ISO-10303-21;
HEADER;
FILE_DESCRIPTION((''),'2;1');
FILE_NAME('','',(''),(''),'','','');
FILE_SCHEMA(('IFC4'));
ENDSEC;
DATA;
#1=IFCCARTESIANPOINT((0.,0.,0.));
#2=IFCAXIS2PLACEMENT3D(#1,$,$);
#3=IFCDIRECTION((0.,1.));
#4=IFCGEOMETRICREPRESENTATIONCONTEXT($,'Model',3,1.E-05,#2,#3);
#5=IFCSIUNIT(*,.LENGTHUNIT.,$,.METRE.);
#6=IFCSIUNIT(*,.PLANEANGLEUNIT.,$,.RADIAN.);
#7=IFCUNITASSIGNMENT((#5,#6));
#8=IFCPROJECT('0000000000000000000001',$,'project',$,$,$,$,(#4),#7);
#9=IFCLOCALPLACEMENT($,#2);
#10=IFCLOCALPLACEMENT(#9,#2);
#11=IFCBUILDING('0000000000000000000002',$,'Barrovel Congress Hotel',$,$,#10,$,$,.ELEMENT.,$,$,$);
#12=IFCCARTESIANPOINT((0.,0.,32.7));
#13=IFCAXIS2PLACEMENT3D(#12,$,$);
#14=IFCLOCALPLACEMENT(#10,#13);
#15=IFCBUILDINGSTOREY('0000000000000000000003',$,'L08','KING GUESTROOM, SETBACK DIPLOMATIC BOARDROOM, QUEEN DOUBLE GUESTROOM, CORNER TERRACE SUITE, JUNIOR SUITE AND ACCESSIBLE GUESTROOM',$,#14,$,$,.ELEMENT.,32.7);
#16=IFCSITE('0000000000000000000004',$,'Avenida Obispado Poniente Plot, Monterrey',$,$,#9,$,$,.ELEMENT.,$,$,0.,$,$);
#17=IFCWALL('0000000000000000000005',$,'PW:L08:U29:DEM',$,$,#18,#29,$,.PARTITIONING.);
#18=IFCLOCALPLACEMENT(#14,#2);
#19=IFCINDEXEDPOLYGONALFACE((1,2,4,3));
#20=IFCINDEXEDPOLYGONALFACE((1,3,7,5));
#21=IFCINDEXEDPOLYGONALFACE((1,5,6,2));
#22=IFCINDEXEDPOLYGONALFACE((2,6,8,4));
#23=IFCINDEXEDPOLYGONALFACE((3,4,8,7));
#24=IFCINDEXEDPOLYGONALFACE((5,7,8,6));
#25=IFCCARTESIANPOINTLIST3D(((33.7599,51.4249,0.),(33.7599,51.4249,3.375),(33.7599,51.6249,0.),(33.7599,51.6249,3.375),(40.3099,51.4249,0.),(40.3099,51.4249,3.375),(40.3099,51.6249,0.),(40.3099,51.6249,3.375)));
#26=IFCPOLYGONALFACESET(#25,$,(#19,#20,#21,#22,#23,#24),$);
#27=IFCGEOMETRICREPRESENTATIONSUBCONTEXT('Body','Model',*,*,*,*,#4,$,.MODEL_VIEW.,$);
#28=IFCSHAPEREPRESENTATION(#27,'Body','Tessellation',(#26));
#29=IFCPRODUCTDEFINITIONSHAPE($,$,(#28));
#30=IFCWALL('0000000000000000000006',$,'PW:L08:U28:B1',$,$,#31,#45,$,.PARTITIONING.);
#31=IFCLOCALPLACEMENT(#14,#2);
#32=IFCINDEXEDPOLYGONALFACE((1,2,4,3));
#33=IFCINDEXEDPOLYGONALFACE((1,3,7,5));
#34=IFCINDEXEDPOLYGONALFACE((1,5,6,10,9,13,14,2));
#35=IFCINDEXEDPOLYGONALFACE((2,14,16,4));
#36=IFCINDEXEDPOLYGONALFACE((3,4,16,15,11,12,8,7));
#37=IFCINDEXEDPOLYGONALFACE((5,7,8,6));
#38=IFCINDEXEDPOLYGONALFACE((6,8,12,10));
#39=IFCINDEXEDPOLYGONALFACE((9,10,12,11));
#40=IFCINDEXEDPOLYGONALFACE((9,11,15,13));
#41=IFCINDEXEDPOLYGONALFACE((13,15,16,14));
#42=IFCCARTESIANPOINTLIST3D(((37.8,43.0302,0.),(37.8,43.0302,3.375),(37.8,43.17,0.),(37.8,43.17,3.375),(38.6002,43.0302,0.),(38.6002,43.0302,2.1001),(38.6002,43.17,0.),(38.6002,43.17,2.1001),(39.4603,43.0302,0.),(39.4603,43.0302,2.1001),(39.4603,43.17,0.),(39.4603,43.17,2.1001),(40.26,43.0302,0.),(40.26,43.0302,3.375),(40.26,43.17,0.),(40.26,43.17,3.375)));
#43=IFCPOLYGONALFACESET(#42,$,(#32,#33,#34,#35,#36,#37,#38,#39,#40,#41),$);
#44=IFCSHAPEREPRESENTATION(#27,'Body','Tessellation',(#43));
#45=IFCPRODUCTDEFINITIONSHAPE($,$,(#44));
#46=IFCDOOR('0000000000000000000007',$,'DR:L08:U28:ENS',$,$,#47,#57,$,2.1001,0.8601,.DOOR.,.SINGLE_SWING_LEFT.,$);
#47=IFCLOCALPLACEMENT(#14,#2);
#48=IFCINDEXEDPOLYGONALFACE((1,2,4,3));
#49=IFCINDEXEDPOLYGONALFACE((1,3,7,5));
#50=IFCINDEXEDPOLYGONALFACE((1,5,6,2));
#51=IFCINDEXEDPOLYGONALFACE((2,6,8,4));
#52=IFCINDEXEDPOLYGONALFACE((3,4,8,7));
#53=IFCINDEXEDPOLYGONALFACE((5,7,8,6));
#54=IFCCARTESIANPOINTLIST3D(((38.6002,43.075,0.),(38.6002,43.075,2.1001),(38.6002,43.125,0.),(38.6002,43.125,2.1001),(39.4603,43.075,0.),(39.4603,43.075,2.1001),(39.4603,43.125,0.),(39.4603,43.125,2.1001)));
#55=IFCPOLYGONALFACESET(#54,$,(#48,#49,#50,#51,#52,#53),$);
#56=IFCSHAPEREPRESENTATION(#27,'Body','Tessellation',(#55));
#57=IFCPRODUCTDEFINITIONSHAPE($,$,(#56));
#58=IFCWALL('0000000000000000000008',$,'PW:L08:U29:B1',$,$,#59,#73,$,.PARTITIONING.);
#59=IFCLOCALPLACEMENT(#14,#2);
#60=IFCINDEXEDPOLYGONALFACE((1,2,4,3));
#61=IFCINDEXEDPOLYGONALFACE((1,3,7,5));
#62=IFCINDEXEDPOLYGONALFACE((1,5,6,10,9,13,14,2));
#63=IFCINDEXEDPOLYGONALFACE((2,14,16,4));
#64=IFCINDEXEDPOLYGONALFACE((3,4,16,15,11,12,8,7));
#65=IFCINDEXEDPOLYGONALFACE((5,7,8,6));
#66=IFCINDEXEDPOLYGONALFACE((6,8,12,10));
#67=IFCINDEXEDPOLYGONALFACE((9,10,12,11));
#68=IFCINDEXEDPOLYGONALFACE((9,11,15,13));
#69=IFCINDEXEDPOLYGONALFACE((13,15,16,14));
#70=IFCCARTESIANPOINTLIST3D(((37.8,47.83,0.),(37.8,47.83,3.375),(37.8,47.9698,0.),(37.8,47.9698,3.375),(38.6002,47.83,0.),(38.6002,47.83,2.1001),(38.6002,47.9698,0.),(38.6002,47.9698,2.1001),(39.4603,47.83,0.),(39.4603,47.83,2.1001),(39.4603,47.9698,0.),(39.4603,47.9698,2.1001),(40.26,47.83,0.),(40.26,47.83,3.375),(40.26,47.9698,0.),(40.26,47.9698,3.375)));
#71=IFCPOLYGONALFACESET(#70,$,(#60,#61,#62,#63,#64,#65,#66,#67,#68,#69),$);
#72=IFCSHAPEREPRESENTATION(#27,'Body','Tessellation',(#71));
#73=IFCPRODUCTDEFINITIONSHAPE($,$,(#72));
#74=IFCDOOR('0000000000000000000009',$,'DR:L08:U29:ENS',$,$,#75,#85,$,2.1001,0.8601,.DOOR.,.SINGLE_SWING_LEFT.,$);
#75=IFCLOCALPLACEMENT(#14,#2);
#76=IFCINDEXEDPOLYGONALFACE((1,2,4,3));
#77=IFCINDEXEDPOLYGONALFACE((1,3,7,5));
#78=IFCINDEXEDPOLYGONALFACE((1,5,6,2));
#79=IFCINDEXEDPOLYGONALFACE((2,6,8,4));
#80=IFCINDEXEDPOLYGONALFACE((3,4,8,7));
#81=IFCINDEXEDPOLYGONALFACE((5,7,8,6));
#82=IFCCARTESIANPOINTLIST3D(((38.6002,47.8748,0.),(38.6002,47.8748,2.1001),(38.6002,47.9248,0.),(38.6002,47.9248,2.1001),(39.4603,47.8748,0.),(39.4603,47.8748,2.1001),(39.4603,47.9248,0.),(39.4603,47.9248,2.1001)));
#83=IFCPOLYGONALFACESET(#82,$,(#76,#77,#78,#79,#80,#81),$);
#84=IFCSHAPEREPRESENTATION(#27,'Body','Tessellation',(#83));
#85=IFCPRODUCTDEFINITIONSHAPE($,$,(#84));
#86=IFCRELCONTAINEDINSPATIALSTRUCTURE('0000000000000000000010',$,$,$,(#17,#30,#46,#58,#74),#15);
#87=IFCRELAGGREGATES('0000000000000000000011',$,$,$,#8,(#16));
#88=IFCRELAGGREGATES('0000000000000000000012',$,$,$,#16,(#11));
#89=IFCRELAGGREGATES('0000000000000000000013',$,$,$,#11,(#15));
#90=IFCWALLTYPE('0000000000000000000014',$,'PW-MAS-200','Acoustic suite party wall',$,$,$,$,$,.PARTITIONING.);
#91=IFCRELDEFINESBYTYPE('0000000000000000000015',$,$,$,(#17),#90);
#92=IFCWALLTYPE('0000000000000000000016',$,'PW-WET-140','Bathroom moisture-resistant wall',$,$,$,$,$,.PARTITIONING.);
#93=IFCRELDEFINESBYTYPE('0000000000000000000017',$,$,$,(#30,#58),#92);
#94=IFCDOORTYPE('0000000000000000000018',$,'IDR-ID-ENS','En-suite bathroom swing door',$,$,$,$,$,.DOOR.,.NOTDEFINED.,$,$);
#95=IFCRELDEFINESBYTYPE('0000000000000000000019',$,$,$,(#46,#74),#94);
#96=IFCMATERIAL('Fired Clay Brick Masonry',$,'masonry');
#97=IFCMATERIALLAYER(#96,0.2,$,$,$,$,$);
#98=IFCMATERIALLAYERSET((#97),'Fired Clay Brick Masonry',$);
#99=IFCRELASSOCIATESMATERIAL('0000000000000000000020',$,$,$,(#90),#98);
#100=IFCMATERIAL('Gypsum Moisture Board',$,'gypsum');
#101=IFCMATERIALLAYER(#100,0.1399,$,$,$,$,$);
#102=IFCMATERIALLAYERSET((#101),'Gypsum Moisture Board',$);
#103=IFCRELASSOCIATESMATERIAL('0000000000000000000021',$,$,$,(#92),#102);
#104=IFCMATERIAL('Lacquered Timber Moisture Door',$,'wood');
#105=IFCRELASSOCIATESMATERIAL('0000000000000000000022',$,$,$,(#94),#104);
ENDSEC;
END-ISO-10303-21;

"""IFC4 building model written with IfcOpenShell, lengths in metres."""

from ifc_helpers import new_model, si_unit, direction, frame, frame_2d, origin, place, context, subcontext, project, spatial, rectangle, extrude, material, layer, layer_set, type_object, element, fill, save


model = new_model("IFC4")

# Units and contexts
model_context = context("Model", 3, precision=1e-05, world=origin(), true_north=direction((0.0, 1.0)))
body_context = subcontext(model_context, "Body", "Model", "MODEL_VIEW")
ifc_project = project(units=[si_unit("LENGTHUNIT", "METRE"), si_unit("PLANEANGLEUNIT", "RADIAN")], contexts=[model_context])

# Site, building, storey
site_placement = place(None, origin())
site = spatial("IfcSite", under=ifc_project, at=site_placement, Name="Avenida Obispado Poniente Plot, Monterrey", CompositionType="ELEMENT", RefElevation=0.0)
building_placement = place(site_placement, origin())
building = spatial("IfcBuilding", under=site, at=building_placement, Name="Barrovel Congress Hotel", CompositionType="ELEMENT")
storey_placement = place(building_placement, frame((0.0, 0.0, 32.7)))
storey = spatial("IfcBuildingStorey", under=building, at=storey_placement, Name="L08", Description="KING GUESTROOM, SETBACK DIPLOMATIC BOARDROOM, QUEEN DOUBLE GUESTROOM, CORNER TERRACE SUITE, JUNIOR SUITE AND ACCESSIBLE GUESTROOM", CompositionType="ELEMENT", Elevation=32.7)

# Shared definitions
ifc_material_1 = material(Name="Fired Clay Brick Masonry", Category="masonry")

# Wall
ifc_layer_1 = layer(ifc_material_1, 0.2)
ifc_layer_set_1 = layer_set([ifc_layer_1], Name="Fired Clay Brick Masonry")
wall_type_1 = type_object("IfcWallType", Name="PW-MAS-200", Description="Acoustic suite party wall", PredefinedType="PARTITIONING", material=ifc_layer_set_1)
for number, where, z_axis, x_axis, name in (
    (1, (33.76, 51.5249, 0.0), (0.0, 0.0, 1.0), (1.0, 0.0, 0.0), "PW:L08:U29:DEM"),
):
    element("IfcWall", number, at=place(storey_placement, frame(where, z_axis=z_axis, x_axis=x_axis)), inside=storey, type_object=wall_type_1, Name=name, PredefinedType="PARTITIONING", context=body_context, shape_type="SweptSolid", body=[
        extrude(rectangle(XDim=6.55, YDim=0.2, at=frame_2d((3.2749, 0.0))), origin(), (0.0, 0.0, 1.0), 3.375),
    ])

# Walls, openings, doors
ifc_material_2 = material(Name="Gypsum Moisture Board", Category="gypsum")
ifc_layer_2 = layer(ifc_material_2, 0.1399)
ifc_layer_set_2 = layer_set([ifc_layer_2], Name="Gypsum Moisture Board")
wall_type_2 = type_object("IfcWallType", Name="PW-WET-140", Description="Bathroom moisture-resistant wall", PredefinedType="PARTITIONING", material=ifc_layer_set_2)
wall_1_placement = place(storey_placement, frame((37.8, 43.1001, 0.0), z_axis=(0.0, 0.0, 1.0), x_axis=(1.0, 0.0, 0.0)))
wall_1 = element("IfcWall", 2, at=wall_1_placement, inside=storey, type_object=wall_type_2, Name="PW:L08:U28:B1", PredefinedType="PARTITIONING", context=body_context, shape_type="SweptSolid", body=[
    extrude(rectangle(XDim=2.46, YDim=0.1399, at=frame_2d((1.23, 0.0))), origin(), (0.0, 0.0, 1.0), 3.375),
])
opening_1_placement = place(wall_1_placement, frame((0.8, 0.0, 0.0)))
opening_1 = element("IfcOpeningElement", 3, at=opening_1_placement, cuts=wall_1, PredefinedType="OPENING", context=body_context, shape_type="SweptSolid", body=[
    extrude(rectangle(XDim=0.8601, YDim=2.1001, at=frame_2d((0.4302, 1.05))), frame((0.0, 0.0801, 0.0), z_axis=(0.0, -1.0, 0.0), x_axis=(1.0, 0.0, 0.0)), (0.0, 0.0, 1.0), 0.1599),
])
ifc_material_3 = material(Name="Lacquered Timber Moisture Door", Category="wood")
door_type_1 = type_object("IfcDoorType", Name="IDR-ID-ENS", Description="En-suite bathroom swing door", OperationType="NOTDEFINED", PredefinedType="DOOR", material=ifc_material_3)
door_1_placement = place(opening_1_placement, origin())
door_1 = element("IfcDoor", 4, at=door_1_placement, inside=storey, type_object=door_type_1, Name="DR:L08:U28:ENS", OperationType="SINGLE_SWING_LEFT", OverallHeight=2.1001, OverallWidth=0.8601, PredefinedType="DOOR", context=body_context, shape_type="SweptSolid", body=[
    extrude(rectangle(XDim=0.8601, YDim=2.1001, at=frame_2d((0.4302, 1.05))), frame((0.0, 0.0249, 0.0), z_axis=(0.0, -1.0, 0.0), x_axis=(1.0, 0.0, 0.0)), (0.0, 0.0, 1.0), 0.05),
])
fill(opening_1, door_1)
wall_2_placement = place(storey_placement, frame((37.8, 47.8999, 0.0), z_axis=(0.0, 0.0, 1.0), x_axis=(1.0, 0.0, 0.0)))
wall_2 = element("IfcWall", 5, at=wall_2_placement, inside=storey, type_object=wall_type_2, Name="PW:L08:U29:B1", PredefinedType="PARTITIONING", context=body_context, shape_type="SweptSolid", body=[
    extrude(rectangle(XDim=2.46, YDim=0.1399, at=frame_2d((1.23, 0.0))), origin(), (0.0, 0.0, 1.0), 3.375),
])
opening_2_placement = place(wall_2_placement, frame((0.8, 0.0, 0.0)))
opening_2 = element("IfcOpeningElement", 6, at=opening_2_placement, cuts=wall_2, PredefinedType="OPENING", context=body_context, shape_type="SweptSolid", body=[
    extrude(rectangle(XDim=0.8601, YDim=2.1001, at=frame_2d((0.4302, 1.05))), frame((0.0, 0.0801, 0.0), z_axis=(0.0, -1.0, 0.0), x_axis=(1.0, 0.0, 0.0)), (0.0, 0.0, 1.0), 0.1599),
])
door_2_placement = place(opening_2_placement, origin())
door_2 = element("IfcDoor", 7, at=door_2_placement, inside=storey, type_object=door_type_1, Name="DR:L08:U29:ENS", OperationType="SINGLE_SWING_LEFT", OverallHeight=2.1001, OverallWidth=0.8601, PredefinedType="DOOR", context=body_context, shape_type="SweptSolid", body=[
    extrude(rectangle(XDim=0.8601, YDim=2.1001, at=frame_2d((0.4302, 1.05))), frame((0.0, 0.0249, 0.0), z_axis=(0.0, -1.0, 0.0), x_axis=(1.0, 0.0, 0.0)), (0.0, 0.0, 1.0), 0.05),
])
fill(opening_2, door_2)

save(model, "model.ifc")
